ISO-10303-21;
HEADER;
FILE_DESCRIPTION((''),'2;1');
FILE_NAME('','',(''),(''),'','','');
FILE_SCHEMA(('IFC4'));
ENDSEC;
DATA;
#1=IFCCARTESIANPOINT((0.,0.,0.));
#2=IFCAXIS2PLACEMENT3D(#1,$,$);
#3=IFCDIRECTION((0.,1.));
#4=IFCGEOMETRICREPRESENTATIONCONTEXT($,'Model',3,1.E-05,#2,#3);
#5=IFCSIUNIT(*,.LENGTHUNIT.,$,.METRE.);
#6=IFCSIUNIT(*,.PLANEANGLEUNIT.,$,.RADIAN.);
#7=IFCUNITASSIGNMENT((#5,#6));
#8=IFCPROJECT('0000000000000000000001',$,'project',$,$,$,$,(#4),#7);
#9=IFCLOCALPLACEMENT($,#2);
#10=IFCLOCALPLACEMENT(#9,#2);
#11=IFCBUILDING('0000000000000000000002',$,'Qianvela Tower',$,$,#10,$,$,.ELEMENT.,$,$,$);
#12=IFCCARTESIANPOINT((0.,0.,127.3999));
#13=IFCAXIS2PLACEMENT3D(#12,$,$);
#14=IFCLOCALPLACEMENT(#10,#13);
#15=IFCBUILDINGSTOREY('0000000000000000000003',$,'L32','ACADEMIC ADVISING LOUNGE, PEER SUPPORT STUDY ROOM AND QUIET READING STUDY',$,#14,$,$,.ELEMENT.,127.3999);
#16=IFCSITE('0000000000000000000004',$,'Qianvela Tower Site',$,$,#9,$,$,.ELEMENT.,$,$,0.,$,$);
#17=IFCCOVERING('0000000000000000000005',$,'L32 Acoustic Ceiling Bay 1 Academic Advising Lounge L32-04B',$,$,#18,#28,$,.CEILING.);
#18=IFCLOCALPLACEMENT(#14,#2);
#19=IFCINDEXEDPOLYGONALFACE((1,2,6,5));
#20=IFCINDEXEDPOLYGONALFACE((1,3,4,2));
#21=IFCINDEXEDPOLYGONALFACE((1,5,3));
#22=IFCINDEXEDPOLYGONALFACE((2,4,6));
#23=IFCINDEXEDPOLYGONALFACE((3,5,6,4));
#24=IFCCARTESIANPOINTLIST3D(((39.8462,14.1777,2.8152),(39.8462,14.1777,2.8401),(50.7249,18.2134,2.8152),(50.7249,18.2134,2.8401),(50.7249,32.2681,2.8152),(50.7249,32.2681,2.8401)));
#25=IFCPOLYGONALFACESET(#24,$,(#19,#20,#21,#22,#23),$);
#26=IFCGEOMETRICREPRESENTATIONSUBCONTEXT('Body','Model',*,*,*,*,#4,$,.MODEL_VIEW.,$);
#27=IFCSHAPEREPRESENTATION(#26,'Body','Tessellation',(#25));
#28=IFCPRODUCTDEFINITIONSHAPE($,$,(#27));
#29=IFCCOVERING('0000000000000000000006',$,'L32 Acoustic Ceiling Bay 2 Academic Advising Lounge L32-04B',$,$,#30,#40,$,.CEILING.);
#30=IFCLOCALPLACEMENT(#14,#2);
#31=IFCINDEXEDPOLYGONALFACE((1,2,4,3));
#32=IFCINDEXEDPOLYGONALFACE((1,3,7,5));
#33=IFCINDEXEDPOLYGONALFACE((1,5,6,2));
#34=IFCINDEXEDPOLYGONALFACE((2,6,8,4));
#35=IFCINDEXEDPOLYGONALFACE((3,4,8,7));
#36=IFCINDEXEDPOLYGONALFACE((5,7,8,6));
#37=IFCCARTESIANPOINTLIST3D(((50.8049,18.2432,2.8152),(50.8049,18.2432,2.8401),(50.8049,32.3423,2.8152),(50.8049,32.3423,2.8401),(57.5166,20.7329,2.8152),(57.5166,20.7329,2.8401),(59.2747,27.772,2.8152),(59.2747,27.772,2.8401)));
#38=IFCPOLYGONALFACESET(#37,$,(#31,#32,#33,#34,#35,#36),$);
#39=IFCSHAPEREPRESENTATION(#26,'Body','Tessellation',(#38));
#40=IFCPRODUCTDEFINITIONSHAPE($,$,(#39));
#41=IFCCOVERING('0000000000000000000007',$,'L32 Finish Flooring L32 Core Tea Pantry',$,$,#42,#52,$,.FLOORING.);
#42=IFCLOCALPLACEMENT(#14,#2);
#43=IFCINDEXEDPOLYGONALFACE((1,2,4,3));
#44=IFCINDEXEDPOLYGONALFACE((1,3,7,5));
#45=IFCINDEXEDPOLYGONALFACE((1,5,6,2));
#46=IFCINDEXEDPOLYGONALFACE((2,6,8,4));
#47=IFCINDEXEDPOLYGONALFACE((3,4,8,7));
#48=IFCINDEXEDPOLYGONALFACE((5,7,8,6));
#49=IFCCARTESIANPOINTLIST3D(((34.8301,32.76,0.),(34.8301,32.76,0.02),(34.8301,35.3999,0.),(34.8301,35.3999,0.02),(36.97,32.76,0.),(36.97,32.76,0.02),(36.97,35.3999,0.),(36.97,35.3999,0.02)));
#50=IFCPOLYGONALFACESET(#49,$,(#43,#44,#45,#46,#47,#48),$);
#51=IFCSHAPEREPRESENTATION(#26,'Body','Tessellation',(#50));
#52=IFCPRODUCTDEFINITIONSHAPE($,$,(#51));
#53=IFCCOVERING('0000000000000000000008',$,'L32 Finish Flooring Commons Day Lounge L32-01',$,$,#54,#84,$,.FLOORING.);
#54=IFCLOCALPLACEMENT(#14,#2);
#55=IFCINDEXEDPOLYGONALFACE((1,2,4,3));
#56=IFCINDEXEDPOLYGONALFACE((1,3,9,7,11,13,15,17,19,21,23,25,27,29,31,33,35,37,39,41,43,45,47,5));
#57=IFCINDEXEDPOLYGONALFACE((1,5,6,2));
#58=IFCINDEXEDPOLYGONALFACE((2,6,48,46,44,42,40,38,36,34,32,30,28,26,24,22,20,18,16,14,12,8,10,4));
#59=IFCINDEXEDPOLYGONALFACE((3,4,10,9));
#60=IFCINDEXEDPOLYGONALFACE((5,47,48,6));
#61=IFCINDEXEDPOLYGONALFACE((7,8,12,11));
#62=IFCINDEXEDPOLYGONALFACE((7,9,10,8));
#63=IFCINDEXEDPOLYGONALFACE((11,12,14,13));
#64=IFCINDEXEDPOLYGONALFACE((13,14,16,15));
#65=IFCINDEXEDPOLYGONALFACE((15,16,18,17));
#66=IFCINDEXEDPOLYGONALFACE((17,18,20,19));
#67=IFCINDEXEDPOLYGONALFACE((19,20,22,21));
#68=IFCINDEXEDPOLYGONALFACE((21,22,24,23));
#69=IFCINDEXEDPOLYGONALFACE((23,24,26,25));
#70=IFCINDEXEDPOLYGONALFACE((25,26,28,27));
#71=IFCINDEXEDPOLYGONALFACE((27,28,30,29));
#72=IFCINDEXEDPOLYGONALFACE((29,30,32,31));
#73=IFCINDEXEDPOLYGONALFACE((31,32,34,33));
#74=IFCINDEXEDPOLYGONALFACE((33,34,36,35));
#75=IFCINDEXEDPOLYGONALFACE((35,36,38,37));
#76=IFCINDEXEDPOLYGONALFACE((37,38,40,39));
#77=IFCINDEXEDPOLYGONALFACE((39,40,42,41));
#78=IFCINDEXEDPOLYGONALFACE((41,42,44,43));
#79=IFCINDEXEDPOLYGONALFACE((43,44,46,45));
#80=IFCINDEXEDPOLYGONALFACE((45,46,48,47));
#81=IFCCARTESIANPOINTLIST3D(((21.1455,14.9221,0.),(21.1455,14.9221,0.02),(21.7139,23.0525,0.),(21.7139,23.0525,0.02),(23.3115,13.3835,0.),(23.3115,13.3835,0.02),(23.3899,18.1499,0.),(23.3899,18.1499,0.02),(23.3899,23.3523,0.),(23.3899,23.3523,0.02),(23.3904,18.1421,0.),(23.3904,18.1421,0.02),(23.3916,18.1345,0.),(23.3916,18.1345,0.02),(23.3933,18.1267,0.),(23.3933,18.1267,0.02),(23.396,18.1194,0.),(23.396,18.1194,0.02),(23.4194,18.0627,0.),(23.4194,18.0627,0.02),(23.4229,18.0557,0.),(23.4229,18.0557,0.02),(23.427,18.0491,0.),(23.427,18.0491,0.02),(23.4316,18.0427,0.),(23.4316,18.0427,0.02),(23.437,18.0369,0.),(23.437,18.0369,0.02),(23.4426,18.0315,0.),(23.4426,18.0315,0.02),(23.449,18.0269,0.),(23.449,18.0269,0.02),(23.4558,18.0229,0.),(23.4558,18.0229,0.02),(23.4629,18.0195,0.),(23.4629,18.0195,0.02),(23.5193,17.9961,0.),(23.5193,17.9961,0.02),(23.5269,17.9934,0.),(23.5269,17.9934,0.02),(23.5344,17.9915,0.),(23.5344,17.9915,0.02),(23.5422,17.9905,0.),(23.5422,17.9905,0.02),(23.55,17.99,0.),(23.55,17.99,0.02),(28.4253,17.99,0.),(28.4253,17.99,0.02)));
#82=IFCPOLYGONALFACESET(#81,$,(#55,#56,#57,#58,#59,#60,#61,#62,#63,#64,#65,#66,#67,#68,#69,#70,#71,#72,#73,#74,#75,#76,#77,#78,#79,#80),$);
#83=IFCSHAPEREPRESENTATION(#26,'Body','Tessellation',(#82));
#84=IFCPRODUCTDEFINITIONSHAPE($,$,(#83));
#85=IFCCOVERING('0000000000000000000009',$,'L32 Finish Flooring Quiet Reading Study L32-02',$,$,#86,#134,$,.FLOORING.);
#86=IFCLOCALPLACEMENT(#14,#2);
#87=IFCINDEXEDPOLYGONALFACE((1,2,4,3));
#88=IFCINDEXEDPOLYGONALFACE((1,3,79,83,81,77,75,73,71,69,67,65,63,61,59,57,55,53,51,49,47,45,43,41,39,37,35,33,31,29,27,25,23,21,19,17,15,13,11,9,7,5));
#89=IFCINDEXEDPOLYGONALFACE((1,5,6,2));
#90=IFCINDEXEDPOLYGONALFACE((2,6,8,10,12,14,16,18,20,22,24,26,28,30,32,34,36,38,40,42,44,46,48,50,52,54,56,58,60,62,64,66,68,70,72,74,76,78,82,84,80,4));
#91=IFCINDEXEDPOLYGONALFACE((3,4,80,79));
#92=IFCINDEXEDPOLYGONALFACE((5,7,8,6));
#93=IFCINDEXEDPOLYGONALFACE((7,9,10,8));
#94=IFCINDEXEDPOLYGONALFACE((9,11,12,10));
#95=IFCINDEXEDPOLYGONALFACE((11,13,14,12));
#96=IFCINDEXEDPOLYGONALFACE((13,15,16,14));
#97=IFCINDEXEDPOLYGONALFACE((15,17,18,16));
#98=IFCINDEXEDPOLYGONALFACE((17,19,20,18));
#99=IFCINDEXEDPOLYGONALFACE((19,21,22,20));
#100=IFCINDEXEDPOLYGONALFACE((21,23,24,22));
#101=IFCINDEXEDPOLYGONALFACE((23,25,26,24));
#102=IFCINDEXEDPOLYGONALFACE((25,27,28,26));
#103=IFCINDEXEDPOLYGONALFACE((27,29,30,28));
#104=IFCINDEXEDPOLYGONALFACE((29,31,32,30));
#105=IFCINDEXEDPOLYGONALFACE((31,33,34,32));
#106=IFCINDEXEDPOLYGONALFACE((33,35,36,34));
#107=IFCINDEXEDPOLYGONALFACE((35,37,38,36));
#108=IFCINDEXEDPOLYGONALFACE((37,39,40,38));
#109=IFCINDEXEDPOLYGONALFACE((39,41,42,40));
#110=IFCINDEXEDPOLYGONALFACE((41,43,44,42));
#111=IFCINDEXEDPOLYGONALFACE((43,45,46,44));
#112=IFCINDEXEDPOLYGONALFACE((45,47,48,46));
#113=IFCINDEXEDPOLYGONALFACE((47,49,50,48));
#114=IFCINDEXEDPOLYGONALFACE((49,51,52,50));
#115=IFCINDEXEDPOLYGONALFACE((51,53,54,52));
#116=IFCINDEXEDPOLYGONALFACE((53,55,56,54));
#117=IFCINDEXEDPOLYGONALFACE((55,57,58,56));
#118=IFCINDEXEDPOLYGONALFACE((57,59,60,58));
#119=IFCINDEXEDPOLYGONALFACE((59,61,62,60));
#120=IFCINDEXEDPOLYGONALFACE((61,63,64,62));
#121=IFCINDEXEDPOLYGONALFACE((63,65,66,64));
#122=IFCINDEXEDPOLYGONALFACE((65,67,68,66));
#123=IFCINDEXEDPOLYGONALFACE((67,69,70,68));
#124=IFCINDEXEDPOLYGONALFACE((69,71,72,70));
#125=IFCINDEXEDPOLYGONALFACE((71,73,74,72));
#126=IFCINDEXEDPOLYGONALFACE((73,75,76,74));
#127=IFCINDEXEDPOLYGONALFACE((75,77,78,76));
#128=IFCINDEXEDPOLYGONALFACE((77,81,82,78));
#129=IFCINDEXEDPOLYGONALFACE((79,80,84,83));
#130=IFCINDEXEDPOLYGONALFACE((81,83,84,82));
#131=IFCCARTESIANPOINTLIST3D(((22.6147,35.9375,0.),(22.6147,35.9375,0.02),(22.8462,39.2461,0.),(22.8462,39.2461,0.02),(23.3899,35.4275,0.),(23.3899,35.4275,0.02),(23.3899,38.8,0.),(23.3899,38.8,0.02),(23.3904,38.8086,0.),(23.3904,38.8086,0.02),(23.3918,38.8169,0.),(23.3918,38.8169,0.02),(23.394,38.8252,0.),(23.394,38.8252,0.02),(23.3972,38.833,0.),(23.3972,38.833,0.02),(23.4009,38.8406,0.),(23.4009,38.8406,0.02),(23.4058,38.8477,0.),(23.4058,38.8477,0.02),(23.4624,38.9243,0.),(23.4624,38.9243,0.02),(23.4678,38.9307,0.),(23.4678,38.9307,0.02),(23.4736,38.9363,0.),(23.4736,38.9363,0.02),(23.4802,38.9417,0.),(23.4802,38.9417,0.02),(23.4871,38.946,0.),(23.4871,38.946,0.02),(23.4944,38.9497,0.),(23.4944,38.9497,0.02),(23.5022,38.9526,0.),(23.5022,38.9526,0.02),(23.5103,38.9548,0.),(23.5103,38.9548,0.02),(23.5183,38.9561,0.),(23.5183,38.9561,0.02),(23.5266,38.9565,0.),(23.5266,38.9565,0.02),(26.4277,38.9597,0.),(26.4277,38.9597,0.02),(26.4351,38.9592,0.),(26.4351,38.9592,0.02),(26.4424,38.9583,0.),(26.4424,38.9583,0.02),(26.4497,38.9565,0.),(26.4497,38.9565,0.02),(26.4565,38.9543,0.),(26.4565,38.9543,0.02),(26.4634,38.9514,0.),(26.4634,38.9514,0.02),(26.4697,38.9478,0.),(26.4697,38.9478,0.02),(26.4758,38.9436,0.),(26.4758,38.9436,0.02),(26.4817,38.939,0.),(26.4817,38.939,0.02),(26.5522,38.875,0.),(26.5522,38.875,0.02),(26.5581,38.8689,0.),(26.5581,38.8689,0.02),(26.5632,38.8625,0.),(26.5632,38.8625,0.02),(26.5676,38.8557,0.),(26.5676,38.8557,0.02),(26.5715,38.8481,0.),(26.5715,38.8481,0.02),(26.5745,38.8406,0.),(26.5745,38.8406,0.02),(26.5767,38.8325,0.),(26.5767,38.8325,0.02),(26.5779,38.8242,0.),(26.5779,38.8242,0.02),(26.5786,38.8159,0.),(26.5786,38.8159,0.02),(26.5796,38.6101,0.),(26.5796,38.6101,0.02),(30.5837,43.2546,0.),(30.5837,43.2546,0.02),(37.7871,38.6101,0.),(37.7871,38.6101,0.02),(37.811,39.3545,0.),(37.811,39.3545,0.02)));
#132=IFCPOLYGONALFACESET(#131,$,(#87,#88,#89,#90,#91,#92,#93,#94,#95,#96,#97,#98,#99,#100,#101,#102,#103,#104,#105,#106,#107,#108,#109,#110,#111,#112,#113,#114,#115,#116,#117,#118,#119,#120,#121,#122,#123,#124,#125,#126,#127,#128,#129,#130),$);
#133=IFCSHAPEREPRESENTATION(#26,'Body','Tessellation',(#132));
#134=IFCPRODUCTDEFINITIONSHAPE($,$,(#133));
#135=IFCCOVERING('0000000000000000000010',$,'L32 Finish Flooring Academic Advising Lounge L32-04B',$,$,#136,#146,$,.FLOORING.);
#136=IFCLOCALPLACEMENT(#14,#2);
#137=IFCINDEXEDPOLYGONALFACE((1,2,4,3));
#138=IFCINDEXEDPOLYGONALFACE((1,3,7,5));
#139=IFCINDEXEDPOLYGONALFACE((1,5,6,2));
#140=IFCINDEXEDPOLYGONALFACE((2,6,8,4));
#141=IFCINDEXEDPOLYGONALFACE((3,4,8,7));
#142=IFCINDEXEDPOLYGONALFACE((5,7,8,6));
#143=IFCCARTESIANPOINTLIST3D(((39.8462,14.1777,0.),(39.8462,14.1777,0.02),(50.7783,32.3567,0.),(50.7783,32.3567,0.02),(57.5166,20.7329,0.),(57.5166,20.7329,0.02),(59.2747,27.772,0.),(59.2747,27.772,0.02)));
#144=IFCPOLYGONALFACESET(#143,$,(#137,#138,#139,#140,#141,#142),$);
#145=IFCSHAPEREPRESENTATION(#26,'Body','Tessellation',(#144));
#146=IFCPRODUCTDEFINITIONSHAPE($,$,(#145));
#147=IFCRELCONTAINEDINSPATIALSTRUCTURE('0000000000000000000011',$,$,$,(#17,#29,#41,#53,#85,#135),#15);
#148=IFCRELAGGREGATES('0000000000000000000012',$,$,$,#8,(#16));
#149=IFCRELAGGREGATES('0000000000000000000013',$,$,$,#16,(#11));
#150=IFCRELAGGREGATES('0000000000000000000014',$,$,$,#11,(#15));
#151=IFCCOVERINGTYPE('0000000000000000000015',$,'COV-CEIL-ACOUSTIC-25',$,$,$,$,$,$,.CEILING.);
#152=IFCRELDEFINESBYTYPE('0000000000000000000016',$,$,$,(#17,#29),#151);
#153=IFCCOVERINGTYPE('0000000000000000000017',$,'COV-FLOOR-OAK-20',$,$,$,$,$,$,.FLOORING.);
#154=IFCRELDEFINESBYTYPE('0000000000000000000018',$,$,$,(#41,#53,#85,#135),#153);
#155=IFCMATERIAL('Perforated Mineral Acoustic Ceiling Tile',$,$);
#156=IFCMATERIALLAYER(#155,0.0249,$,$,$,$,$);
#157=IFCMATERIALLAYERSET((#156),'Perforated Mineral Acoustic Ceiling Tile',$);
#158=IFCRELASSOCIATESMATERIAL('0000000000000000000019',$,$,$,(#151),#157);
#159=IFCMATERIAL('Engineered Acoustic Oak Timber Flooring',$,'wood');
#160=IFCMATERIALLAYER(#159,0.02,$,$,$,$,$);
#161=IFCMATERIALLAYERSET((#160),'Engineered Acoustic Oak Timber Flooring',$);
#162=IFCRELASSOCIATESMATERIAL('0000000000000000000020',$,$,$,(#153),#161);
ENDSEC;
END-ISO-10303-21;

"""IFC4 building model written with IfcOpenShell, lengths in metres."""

from ifc_helpers import new_model, si_unit, direction, frame, origin, place, context, subcontext, project, spatial, polyline, outline, extrude, material, layer, layer_set, type_object, element, save


model = new_model("IFC4")

# Units and contexts
model_context = context("Model", 3, precision=1e-05, world=origin(), true_north=direction((0.0, 1.0)))
body_context = subcontext(model_context, "Body", "Model", "MODEL_VIEW")
ifc_project = project(units=[si_unit("LENGTHUNIT", "METRE"), si_unit("PLANEANGLEUNIT", "RADIAN")], contexts=[model_context])

# Site, building, storey
site_placement = place(None, origin())
site = spatial("IfcSite", under=ifc_project, at=site_placement, Name="Qianvela Tower Site", CompositionType="ELEMENT", RefElevation=0.0)
building_placement = place(site_placement, origin())
building = spatial("IfcBuilding", under=site, at=building_placement, Name="Qianvela Tower", CompositionType="ELEMENT")
storey_placement = place(building_placement, frame((0.0, 0.0, 127.3999)))
storey = spatial("IfcBuildingStorey", under=building, at=storey_placement, Name="L32", Description="ACADEMIC ADVISING LOUNGE, PEER SUPPORT STUDY ROOM AND QUIET READING STUDY", CompositionType="ELEMENT", Elevation=127.3999)

# Coverings
ifc_material_1 = material(Name="Perforated Mineral Acoustic Ceiling Tile")
ifc_layer_1 = layer(ifc_material_1, 0.0249)
ifc_layer_set_1 = layer_set([ifc_layer_1], Name="Perforated Mineral Acoustic Ceiling Tile")
covering_type_1 = type_object("IfcCoveringType", Name="COV-CEIL-ACOUSTIC-25", PredefinedType="CEILING", material=ifc_layer_set_1)
covering_1_placement = place(storey_placement, frame((0.0, 0.0, 2.8152)))
element("IfcCovering", 1, at=covering_1_placement, inside=storey, type_object=covering_type_1, Name="L32 Acoustic Ceiling Bay 1 Academic Advising Lounge L32-04B", PredefinedType="CEILING", context=body_context, shape_type="SweptSolid", body=[
    extrude(outline(polyline([(39.8462, 14.1777), (50.7249, 32.2681), (50.7249, 18.2134), (39.8462, 14.1777)])), origin(), (0.0, 0.0, 1.0), 0.0249),
])
covering_2_placement = place(storey_placement, frame((0.0, 0.0, 2.8152)))
element("IfcCovering", 2, at=covering_2_placement, inside=storey, type_object=covering_type_1, Name="L32 Acoustic Ceiling Bay 2 Academic Advising Lounge L32-04B", PredefinedType="CEILING", context=body_context, shape_type="SweptSolid", body=[
    extrude(outline(polyline([(50.8049, 18.2432), (50.8049, 32.3423), (59.2747, 27.772), (57.5166, 20.7329), (50.8049, 18.2432)])), origin(), (0.0, 0.0, 1.0), 0.0249),
])
ifc_material_2 = material(Name="Engineered Acoustic Oak Timber Flooring", Category="wood")
ifc_layer_2 = layer(ifc_material_2, 0.02)
ifc_layer_set_2 = layer_set([ifc_layer_2], Name="Engineered Acoustic Oak Timber Flooring")
covering_type_2 = type_object("IfcCoveringType", Name="COV-FLOOR-OAK-20", PredefinedType="FLOORING", material=ifc_layer_set_2)
covering_3_placement = place(storey_placement, origin())
element("IfcCovering", 3, at=covering_3_placement, inside=storey, type_object=covering_type_2, Name="L32 Finish Flooring L32 Core Tea Pantry", PredefinedType="FLOORING", context=body_context, shape_type="SweptSolid", body=[
    extrude(outline(polyline([(36.97, 32.76), (34.8301, 32.76), (34.8301, 35.3999), (36.97, 35.3999), (36.97, 32.76)])), origin(), (0.0, 0.0, 1.0), 0.02),
])
covering_4_placement = place(storey_placement, origin())
element("IfcCovering", 4, at=covering_4_placement, inside=storey, type_object=covering_type_2, Name="L32 Finish Flooring Commons Day Lounge L32-01", PredefinedType="FLOORING", context=body_context, shape_type="SweptSolid", body=[
    extrude(outline(polyline([(21.7139, 23.0525), (23.3899, 23.3523), (23.3899, 18.1499), (23.3904, 18.1421), (23.3916, 18.1345), (23.3933, 18.1267), (23.396, 18.1194), (23.4194, 18.0627), (23.4229, 18.0557), (23.427, 18.0491), (23.4316, 18.0427), (23.437, 18.0369), (23.4426, 18.0315), (23.449, 18.0269), (23.4558, 18.0229), (23.4629, 18.0195), (23.5193, 17.9961), (23.5269, 17.9934), (23.5344, 17.9915), (23.5422, 17.9905), (23.55, 17.99), (28.4253, 17.99), (23.3115, 13.3835), (21.1455, 14.9221), (21.7139, 23.0525)])), origin(), (0.0, 0.0, 1.0), 0.02),
])
covering_5_placement = place(storey_placement, origin())
element("IfcCovering", 5, at=covering_5_placement, inside=storey, type_object=covering_type_2, Name="L32 Finish Flooring Quiet Reading Study L32-02", PredefinedType="FLOORING", context=body_context, shape_type="SweptSolid", body=[
    extrude(outline(polyline([(30.5837, 43.2546), (37.811, 39.3545), (37.7871, 38.6101), (26.5796, 38.6101), (26.5786, 38.8159), (26.5779, 38.8242), (26.5767, 38.8325), (26.5745, 38.8406), (26.5715, 38.8481), (26.5676, 38.8557), (26.5632, 38.8625), (26.5581, 38.8689), (26.5522, 38.875), (26.4817, 38.939), (26.4758, 38.9436), (26.4697, 38.9478), (26.4634, 38.9514), (26.4565, 38.9543), (26.4497, 38.9565), (26.4424, 38.9583), (26.4351, 38.9592), (26.4277, 38.9597), (23.5266, 38.9565), (23.5183, 38.9561), (23.5103, 38.9548), (23.5022, 38.9526), (23.4944, 38.9497), (23.4871, 38.946), (23.4802, 38.9417), (23.4736, 38.9363), (23.4678, 38.9307), (23.4624, 38.9243), (23.4058, 38.8477), (23.4009, 38.8406), (23.3972, 38.833), (23.394, 38.8252), (23.3918, 38.8169), (23.3904, 38.8086), (23.3899, 38.8), (23.3899, 35.4275), (22.6147, 35.9375), (22.8462, 39.2461), (30.5837, 43.2546)])), origin(), (0.0, 0.0, 1.0), 0.02),
])
covering_6_placement = place(storey_placement, origin())
element("IfcCovering", 6, at=covering_6_placement, inside=storey, type_object=covering_type_2, Name="L32 Finish Flooring Academic Advising Lounge L32-04B", PredefinedType="FLOORING", context=body_context, shape_type="SweptSolid", body=[
    extrude(outline(polyline([(57.5166, 20.7329), (39.8462, 14.1777), (50.7783, 32.3567), (59.2747, 27.772), (57.5166, 20.7329)])), origin(), (0.0, 0.0, 1.0), 0.02),
])

save(model, "model.ifc")
